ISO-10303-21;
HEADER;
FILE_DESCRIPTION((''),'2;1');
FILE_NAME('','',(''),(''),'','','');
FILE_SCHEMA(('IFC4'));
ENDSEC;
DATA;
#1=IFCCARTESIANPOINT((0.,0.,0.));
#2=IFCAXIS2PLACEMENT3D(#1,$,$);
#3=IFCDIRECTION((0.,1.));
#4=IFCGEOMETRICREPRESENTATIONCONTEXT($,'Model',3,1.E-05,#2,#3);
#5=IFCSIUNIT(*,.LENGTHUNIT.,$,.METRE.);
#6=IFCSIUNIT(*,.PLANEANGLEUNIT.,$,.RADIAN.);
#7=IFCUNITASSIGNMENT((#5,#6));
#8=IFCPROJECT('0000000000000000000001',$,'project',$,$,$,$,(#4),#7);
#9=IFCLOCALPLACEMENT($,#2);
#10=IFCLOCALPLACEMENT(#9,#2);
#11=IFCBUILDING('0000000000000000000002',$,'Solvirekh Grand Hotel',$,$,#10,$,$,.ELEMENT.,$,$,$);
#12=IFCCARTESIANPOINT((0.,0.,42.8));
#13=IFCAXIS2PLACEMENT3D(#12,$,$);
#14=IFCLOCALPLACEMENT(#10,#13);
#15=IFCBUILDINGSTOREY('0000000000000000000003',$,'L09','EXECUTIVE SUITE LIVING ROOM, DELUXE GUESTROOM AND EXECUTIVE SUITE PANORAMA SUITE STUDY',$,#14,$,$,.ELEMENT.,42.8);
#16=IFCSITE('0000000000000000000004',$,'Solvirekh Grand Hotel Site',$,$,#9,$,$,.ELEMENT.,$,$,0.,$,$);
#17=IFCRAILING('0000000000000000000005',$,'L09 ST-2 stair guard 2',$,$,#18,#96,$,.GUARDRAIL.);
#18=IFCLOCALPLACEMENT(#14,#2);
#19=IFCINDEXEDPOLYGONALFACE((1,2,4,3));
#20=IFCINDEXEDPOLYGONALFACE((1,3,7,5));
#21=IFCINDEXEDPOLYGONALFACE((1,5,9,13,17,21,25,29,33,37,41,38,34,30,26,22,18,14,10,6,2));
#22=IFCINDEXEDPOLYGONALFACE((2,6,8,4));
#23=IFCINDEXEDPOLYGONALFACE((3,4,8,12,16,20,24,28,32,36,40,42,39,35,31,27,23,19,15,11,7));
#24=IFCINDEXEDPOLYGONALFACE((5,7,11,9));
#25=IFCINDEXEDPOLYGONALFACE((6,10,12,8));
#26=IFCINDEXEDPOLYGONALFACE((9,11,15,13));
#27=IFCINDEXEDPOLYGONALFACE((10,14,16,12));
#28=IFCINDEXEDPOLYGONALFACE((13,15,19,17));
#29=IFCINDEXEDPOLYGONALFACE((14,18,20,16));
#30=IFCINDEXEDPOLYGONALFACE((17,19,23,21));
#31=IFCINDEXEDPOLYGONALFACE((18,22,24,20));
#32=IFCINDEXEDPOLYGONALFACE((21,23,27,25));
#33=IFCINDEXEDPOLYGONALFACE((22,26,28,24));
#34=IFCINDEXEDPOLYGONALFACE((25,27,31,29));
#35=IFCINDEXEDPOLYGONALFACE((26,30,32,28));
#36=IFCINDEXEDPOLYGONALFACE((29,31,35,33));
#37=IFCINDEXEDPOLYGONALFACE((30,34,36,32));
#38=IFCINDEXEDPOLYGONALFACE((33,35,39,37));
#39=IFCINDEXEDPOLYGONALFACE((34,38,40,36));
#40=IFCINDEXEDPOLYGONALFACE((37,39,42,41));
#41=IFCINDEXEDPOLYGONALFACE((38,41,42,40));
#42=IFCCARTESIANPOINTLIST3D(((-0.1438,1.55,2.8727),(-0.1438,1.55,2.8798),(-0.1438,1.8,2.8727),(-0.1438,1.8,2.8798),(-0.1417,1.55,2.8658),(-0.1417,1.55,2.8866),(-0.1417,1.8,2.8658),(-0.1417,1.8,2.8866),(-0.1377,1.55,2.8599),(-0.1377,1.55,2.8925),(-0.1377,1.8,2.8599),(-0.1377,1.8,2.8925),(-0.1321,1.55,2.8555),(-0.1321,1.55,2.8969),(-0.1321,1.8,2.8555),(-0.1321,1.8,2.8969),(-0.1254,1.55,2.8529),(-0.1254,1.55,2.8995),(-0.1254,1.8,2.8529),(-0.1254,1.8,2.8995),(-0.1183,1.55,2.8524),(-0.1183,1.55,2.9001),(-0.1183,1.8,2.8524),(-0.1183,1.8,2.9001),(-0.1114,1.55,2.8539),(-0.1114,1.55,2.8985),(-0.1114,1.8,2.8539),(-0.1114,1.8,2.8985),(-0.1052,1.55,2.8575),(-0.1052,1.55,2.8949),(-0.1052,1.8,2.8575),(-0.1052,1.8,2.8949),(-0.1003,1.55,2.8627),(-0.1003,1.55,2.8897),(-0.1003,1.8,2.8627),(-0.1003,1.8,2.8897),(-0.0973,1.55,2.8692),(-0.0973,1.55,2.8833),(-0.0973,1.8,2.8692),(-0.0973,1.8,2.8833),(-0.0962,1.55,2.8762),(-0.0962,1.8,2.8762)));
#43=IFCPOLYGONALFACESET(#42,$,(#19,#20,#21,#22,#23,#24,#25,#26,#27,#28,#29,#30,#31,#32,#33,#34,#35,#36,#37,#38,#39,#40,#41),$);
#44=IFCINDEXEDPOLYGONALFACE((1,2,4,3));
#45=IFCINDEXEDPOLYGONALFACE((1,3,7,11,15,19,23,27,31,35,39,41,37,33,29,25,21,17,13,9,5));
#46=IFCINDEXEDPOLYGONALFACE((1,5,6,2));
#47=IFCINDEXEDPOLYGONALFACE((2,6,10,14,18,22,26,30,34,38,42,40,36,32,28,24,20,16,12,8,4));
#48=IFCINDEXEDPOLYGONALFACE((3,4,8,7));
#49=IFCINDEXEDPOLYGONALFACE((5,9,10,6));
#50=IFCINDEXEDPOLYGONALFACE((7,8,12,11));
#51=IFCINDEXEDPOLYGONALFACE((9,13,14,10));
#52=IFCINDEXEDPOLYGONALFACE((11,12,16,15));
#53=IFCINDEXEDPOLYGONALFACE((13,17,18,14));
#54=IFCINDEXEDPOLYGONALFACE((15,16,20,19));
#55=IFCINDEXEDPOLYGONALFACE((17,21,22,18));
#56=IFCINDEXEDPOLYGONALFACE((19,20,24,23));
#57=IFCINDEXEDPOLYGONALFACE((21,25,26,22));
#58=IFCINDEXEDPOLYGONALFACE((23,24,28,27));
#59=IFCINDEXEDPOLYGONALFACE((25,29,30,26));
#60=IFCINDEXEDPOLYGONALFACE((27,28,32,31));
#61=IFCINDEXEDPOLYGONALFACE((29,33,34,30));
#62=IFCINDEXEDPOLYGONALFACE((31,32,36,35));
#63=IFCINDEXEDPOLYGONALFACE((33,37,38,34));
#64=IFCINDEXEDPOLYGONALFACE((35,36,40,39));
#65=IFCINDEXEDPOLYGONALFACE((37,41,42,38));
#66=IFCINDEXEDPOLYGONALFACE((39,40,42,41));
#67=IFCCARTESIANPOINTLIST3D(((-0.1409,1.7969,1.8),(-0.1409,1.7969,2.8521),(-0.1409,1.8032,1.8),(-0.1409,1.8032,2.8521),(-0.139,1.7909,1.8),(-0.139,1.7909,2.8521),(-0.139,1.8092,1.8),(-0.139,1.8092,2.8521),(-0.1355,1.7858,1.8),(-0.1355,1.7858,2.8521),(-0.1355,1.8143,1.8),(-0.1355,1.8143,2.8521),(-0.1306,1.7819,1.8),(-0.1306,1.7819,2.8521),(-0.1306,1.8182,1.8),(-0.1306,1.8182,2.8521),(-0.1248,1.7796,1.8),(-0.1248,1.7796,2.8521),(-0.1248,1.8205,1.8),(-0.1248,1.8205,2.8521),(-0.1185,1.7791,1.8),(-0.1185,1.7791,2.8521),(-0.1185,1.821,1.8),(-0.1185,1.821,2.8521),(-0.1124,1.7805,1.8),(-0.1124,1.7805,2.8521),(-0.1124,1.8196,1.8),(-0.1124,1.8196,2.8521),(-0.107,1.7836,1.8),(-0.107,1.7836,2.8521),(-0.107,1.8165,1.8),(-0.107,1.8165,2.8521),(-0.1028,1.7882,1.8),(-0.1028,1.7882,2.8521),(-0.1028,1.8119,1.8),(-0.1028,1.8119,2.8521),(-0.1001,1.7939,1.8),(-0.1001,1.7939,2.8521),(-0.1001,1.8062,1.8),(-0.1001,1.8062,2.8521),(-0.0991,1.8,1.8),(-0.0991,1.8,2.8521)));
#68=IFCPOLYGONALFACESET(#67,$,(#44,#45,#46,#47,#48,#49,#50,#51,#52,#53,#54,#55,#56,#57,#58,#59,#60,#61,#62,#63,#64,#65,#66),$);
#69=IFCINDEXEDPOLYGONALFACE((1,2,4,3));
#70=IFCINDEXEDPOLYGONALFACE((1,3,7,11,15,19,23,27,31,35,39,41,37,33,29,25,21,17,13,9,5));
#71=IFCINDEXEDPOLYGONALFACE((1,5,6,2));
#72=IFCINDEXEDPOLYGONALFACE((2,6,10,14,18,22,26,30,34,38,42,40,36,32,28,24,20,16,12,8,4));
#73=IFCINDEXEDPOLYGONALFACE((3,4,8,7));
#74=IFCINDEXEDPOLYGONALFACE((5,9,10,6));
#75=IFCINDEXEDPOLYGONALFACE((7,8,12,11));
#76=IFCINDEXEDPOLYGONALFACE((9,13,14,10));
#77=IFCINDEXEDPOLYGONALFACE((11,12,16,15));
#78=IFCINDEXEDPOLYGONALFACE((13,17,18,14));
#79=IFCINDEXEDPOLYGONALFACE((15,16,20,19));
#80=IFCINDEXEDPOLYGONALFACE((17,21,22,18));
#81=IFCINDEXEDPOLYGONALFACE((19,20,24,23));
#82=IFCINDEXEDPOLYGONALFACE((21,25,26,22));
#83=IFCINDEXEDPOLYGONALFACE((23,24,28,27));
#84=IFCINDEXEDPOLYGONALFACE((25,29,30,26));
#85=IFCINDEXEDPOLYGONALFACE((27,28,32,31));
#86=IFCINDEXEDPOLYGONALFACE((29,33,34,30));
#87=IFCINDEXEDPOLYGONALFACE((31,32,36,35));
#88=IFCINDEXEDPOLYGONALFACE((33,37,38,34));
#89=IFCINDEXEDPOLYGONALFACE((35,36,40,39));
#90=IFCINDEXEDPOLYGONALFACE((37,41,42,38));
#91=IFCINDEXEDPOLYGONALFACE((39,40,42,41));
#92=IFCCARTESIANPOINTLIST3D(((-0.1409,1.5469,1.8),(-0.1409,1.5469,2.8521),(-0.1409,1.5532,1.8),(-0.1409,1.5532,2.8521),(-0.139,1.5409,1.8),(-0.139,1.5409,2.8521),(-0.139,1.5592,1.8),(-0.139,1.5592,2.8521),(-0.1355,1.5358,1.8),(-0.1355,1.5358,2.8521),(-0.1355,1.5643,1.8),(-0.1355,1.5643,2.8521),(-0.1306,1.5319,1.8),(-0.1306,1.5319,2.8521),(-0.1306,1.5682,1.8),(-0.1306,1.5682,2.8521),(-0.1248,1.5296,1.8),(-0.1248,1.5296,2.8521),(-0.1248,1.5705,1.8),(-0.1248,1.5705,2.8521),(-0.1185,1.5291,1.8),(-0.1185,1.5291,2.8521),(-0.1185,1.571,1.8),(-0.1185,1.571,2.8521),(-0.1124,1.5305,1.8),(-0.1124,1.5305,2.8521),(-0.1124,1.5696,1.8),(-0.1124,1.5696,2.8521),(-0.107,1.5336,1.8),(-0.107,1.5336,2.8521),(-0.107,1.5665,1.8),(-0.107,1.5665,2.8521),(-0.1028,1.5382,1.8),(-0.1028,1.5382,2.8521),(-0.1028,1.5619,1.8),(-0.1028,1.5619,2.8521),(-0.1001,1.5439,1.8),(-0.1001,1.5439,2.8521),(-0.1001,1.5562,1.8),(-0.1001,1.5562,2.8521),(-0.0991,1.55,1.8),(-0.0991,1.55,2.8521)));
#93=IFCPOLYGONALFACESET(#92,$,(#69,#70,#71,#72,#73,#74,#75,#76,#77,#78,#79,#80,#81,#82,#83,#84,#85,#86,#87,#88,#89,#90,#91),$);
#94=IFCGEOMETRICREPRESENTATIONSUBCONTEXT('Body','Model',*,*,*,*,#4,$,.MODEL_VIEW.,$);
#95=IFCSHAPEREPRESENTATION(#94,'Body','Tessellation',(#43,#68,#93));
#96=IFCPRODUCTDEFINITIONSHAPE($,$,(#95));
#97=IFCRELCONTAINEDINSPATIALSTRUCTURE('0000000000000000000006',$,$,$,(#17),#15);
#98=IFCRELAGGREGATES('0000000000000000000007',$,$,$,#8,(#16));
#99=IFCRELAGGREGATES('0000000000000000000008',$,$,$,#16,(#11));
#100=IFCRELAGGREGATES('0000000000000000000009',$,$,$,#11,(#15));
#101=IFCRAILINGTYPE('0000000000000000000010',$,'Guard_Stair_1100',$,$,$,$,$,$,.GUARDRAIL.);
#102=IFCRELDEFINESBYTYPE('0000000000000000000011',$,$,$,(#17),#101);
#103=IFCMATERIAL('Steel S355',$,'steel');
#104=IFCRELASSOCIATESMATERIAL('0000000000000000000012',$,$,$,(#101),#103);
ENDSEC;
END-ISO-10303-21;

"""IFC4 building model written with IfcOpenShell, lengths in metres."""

from ifc_helpers import new_model, si_unit, direction, frame, origin, origin_2d, place, context, subcontext, project, spatial, circle, extrude, material, type_object, element, save


model = new_model("IFC4")

# Units and contexts
model_context = context("Model", 3, precision=1e-05, world=origin(), true_north=direction((0.0, 1.0)))
body_context = subcontext(model_context, "Body", "Model", "MODEL_VIEW")
ifc_project = project(units=[si_unit("LENGTHUNIT", "METRE"), si_unit("PLANEANGLEUNIT", "RADIAN")], contexts=[model_context])

# Site, building, storey
site_placement = place(None, origin())
site = spatial("IfcSite", under=ifc_project, at=site_placement, Name="Solvirekh Grand Hotel Site", CompositionType="ELEMENT", RefElevation=0.0)
building_placement = place(site_placement, origin())
building = spatial("IfcBuilding", under=site, at=building_placement, Name="Solvirekh Grand Hotel", CompositionType="ELEMENT")
storey_placement = place(building_placement, frame((0.0, 0.0, 42.8)))
storey = spatial("IfcBuildingStorey", under=building, at=storey_placement, Name="L09", Description="EXECUTIVE SUITE LIVING ROOM, DELUXE GUESTROOM AND EXECUTIVE SUITE PANORAMA SUITE STUDY", CompositionType="ELEMENT", Elevation=42.8)

# Railing
ifc_material_1 = material(Name="Steel S355", Category="steel")
railing_type_1 = type_object("IfcRailingType", Name="Guard_Stair_1100", PredefinedType="GUARDRAIL", material=ifc_material_1)
railing_1_placement = place(storey_placement, frame((-0.1201, 1.8, 1.8)))
element("IfcRailing", 1, at=railing_1_placement, inside=storey, type_object=railing_type_1, Name="L09 ST-2 stair guard 2", PredefinedType="GUARDRAIL", context=body_context, shape_type="SweptSolid", body=[
    extrude(circle(Radius=0.0239, at=origin_2d()), frame((0.0, 0.0, 1.0762), z_axis=(0.0, -1.0, 0.0), x_axis=(1.0, 0.0, 0.0)), (0.0, 0.0, 1.0), 0.25),
    extrude(circle(Radius=0.021, at=origin_2d()), origin(), (0.0, 0.0, 1.0), 1.052),
    extrude(circle(Radius=0.021, at=origin_2d()), frame((0.0, -0.25, 0.0)), (0.0, 0.0, 1.0), 1.052),
])

save(model, "model.ifc")
